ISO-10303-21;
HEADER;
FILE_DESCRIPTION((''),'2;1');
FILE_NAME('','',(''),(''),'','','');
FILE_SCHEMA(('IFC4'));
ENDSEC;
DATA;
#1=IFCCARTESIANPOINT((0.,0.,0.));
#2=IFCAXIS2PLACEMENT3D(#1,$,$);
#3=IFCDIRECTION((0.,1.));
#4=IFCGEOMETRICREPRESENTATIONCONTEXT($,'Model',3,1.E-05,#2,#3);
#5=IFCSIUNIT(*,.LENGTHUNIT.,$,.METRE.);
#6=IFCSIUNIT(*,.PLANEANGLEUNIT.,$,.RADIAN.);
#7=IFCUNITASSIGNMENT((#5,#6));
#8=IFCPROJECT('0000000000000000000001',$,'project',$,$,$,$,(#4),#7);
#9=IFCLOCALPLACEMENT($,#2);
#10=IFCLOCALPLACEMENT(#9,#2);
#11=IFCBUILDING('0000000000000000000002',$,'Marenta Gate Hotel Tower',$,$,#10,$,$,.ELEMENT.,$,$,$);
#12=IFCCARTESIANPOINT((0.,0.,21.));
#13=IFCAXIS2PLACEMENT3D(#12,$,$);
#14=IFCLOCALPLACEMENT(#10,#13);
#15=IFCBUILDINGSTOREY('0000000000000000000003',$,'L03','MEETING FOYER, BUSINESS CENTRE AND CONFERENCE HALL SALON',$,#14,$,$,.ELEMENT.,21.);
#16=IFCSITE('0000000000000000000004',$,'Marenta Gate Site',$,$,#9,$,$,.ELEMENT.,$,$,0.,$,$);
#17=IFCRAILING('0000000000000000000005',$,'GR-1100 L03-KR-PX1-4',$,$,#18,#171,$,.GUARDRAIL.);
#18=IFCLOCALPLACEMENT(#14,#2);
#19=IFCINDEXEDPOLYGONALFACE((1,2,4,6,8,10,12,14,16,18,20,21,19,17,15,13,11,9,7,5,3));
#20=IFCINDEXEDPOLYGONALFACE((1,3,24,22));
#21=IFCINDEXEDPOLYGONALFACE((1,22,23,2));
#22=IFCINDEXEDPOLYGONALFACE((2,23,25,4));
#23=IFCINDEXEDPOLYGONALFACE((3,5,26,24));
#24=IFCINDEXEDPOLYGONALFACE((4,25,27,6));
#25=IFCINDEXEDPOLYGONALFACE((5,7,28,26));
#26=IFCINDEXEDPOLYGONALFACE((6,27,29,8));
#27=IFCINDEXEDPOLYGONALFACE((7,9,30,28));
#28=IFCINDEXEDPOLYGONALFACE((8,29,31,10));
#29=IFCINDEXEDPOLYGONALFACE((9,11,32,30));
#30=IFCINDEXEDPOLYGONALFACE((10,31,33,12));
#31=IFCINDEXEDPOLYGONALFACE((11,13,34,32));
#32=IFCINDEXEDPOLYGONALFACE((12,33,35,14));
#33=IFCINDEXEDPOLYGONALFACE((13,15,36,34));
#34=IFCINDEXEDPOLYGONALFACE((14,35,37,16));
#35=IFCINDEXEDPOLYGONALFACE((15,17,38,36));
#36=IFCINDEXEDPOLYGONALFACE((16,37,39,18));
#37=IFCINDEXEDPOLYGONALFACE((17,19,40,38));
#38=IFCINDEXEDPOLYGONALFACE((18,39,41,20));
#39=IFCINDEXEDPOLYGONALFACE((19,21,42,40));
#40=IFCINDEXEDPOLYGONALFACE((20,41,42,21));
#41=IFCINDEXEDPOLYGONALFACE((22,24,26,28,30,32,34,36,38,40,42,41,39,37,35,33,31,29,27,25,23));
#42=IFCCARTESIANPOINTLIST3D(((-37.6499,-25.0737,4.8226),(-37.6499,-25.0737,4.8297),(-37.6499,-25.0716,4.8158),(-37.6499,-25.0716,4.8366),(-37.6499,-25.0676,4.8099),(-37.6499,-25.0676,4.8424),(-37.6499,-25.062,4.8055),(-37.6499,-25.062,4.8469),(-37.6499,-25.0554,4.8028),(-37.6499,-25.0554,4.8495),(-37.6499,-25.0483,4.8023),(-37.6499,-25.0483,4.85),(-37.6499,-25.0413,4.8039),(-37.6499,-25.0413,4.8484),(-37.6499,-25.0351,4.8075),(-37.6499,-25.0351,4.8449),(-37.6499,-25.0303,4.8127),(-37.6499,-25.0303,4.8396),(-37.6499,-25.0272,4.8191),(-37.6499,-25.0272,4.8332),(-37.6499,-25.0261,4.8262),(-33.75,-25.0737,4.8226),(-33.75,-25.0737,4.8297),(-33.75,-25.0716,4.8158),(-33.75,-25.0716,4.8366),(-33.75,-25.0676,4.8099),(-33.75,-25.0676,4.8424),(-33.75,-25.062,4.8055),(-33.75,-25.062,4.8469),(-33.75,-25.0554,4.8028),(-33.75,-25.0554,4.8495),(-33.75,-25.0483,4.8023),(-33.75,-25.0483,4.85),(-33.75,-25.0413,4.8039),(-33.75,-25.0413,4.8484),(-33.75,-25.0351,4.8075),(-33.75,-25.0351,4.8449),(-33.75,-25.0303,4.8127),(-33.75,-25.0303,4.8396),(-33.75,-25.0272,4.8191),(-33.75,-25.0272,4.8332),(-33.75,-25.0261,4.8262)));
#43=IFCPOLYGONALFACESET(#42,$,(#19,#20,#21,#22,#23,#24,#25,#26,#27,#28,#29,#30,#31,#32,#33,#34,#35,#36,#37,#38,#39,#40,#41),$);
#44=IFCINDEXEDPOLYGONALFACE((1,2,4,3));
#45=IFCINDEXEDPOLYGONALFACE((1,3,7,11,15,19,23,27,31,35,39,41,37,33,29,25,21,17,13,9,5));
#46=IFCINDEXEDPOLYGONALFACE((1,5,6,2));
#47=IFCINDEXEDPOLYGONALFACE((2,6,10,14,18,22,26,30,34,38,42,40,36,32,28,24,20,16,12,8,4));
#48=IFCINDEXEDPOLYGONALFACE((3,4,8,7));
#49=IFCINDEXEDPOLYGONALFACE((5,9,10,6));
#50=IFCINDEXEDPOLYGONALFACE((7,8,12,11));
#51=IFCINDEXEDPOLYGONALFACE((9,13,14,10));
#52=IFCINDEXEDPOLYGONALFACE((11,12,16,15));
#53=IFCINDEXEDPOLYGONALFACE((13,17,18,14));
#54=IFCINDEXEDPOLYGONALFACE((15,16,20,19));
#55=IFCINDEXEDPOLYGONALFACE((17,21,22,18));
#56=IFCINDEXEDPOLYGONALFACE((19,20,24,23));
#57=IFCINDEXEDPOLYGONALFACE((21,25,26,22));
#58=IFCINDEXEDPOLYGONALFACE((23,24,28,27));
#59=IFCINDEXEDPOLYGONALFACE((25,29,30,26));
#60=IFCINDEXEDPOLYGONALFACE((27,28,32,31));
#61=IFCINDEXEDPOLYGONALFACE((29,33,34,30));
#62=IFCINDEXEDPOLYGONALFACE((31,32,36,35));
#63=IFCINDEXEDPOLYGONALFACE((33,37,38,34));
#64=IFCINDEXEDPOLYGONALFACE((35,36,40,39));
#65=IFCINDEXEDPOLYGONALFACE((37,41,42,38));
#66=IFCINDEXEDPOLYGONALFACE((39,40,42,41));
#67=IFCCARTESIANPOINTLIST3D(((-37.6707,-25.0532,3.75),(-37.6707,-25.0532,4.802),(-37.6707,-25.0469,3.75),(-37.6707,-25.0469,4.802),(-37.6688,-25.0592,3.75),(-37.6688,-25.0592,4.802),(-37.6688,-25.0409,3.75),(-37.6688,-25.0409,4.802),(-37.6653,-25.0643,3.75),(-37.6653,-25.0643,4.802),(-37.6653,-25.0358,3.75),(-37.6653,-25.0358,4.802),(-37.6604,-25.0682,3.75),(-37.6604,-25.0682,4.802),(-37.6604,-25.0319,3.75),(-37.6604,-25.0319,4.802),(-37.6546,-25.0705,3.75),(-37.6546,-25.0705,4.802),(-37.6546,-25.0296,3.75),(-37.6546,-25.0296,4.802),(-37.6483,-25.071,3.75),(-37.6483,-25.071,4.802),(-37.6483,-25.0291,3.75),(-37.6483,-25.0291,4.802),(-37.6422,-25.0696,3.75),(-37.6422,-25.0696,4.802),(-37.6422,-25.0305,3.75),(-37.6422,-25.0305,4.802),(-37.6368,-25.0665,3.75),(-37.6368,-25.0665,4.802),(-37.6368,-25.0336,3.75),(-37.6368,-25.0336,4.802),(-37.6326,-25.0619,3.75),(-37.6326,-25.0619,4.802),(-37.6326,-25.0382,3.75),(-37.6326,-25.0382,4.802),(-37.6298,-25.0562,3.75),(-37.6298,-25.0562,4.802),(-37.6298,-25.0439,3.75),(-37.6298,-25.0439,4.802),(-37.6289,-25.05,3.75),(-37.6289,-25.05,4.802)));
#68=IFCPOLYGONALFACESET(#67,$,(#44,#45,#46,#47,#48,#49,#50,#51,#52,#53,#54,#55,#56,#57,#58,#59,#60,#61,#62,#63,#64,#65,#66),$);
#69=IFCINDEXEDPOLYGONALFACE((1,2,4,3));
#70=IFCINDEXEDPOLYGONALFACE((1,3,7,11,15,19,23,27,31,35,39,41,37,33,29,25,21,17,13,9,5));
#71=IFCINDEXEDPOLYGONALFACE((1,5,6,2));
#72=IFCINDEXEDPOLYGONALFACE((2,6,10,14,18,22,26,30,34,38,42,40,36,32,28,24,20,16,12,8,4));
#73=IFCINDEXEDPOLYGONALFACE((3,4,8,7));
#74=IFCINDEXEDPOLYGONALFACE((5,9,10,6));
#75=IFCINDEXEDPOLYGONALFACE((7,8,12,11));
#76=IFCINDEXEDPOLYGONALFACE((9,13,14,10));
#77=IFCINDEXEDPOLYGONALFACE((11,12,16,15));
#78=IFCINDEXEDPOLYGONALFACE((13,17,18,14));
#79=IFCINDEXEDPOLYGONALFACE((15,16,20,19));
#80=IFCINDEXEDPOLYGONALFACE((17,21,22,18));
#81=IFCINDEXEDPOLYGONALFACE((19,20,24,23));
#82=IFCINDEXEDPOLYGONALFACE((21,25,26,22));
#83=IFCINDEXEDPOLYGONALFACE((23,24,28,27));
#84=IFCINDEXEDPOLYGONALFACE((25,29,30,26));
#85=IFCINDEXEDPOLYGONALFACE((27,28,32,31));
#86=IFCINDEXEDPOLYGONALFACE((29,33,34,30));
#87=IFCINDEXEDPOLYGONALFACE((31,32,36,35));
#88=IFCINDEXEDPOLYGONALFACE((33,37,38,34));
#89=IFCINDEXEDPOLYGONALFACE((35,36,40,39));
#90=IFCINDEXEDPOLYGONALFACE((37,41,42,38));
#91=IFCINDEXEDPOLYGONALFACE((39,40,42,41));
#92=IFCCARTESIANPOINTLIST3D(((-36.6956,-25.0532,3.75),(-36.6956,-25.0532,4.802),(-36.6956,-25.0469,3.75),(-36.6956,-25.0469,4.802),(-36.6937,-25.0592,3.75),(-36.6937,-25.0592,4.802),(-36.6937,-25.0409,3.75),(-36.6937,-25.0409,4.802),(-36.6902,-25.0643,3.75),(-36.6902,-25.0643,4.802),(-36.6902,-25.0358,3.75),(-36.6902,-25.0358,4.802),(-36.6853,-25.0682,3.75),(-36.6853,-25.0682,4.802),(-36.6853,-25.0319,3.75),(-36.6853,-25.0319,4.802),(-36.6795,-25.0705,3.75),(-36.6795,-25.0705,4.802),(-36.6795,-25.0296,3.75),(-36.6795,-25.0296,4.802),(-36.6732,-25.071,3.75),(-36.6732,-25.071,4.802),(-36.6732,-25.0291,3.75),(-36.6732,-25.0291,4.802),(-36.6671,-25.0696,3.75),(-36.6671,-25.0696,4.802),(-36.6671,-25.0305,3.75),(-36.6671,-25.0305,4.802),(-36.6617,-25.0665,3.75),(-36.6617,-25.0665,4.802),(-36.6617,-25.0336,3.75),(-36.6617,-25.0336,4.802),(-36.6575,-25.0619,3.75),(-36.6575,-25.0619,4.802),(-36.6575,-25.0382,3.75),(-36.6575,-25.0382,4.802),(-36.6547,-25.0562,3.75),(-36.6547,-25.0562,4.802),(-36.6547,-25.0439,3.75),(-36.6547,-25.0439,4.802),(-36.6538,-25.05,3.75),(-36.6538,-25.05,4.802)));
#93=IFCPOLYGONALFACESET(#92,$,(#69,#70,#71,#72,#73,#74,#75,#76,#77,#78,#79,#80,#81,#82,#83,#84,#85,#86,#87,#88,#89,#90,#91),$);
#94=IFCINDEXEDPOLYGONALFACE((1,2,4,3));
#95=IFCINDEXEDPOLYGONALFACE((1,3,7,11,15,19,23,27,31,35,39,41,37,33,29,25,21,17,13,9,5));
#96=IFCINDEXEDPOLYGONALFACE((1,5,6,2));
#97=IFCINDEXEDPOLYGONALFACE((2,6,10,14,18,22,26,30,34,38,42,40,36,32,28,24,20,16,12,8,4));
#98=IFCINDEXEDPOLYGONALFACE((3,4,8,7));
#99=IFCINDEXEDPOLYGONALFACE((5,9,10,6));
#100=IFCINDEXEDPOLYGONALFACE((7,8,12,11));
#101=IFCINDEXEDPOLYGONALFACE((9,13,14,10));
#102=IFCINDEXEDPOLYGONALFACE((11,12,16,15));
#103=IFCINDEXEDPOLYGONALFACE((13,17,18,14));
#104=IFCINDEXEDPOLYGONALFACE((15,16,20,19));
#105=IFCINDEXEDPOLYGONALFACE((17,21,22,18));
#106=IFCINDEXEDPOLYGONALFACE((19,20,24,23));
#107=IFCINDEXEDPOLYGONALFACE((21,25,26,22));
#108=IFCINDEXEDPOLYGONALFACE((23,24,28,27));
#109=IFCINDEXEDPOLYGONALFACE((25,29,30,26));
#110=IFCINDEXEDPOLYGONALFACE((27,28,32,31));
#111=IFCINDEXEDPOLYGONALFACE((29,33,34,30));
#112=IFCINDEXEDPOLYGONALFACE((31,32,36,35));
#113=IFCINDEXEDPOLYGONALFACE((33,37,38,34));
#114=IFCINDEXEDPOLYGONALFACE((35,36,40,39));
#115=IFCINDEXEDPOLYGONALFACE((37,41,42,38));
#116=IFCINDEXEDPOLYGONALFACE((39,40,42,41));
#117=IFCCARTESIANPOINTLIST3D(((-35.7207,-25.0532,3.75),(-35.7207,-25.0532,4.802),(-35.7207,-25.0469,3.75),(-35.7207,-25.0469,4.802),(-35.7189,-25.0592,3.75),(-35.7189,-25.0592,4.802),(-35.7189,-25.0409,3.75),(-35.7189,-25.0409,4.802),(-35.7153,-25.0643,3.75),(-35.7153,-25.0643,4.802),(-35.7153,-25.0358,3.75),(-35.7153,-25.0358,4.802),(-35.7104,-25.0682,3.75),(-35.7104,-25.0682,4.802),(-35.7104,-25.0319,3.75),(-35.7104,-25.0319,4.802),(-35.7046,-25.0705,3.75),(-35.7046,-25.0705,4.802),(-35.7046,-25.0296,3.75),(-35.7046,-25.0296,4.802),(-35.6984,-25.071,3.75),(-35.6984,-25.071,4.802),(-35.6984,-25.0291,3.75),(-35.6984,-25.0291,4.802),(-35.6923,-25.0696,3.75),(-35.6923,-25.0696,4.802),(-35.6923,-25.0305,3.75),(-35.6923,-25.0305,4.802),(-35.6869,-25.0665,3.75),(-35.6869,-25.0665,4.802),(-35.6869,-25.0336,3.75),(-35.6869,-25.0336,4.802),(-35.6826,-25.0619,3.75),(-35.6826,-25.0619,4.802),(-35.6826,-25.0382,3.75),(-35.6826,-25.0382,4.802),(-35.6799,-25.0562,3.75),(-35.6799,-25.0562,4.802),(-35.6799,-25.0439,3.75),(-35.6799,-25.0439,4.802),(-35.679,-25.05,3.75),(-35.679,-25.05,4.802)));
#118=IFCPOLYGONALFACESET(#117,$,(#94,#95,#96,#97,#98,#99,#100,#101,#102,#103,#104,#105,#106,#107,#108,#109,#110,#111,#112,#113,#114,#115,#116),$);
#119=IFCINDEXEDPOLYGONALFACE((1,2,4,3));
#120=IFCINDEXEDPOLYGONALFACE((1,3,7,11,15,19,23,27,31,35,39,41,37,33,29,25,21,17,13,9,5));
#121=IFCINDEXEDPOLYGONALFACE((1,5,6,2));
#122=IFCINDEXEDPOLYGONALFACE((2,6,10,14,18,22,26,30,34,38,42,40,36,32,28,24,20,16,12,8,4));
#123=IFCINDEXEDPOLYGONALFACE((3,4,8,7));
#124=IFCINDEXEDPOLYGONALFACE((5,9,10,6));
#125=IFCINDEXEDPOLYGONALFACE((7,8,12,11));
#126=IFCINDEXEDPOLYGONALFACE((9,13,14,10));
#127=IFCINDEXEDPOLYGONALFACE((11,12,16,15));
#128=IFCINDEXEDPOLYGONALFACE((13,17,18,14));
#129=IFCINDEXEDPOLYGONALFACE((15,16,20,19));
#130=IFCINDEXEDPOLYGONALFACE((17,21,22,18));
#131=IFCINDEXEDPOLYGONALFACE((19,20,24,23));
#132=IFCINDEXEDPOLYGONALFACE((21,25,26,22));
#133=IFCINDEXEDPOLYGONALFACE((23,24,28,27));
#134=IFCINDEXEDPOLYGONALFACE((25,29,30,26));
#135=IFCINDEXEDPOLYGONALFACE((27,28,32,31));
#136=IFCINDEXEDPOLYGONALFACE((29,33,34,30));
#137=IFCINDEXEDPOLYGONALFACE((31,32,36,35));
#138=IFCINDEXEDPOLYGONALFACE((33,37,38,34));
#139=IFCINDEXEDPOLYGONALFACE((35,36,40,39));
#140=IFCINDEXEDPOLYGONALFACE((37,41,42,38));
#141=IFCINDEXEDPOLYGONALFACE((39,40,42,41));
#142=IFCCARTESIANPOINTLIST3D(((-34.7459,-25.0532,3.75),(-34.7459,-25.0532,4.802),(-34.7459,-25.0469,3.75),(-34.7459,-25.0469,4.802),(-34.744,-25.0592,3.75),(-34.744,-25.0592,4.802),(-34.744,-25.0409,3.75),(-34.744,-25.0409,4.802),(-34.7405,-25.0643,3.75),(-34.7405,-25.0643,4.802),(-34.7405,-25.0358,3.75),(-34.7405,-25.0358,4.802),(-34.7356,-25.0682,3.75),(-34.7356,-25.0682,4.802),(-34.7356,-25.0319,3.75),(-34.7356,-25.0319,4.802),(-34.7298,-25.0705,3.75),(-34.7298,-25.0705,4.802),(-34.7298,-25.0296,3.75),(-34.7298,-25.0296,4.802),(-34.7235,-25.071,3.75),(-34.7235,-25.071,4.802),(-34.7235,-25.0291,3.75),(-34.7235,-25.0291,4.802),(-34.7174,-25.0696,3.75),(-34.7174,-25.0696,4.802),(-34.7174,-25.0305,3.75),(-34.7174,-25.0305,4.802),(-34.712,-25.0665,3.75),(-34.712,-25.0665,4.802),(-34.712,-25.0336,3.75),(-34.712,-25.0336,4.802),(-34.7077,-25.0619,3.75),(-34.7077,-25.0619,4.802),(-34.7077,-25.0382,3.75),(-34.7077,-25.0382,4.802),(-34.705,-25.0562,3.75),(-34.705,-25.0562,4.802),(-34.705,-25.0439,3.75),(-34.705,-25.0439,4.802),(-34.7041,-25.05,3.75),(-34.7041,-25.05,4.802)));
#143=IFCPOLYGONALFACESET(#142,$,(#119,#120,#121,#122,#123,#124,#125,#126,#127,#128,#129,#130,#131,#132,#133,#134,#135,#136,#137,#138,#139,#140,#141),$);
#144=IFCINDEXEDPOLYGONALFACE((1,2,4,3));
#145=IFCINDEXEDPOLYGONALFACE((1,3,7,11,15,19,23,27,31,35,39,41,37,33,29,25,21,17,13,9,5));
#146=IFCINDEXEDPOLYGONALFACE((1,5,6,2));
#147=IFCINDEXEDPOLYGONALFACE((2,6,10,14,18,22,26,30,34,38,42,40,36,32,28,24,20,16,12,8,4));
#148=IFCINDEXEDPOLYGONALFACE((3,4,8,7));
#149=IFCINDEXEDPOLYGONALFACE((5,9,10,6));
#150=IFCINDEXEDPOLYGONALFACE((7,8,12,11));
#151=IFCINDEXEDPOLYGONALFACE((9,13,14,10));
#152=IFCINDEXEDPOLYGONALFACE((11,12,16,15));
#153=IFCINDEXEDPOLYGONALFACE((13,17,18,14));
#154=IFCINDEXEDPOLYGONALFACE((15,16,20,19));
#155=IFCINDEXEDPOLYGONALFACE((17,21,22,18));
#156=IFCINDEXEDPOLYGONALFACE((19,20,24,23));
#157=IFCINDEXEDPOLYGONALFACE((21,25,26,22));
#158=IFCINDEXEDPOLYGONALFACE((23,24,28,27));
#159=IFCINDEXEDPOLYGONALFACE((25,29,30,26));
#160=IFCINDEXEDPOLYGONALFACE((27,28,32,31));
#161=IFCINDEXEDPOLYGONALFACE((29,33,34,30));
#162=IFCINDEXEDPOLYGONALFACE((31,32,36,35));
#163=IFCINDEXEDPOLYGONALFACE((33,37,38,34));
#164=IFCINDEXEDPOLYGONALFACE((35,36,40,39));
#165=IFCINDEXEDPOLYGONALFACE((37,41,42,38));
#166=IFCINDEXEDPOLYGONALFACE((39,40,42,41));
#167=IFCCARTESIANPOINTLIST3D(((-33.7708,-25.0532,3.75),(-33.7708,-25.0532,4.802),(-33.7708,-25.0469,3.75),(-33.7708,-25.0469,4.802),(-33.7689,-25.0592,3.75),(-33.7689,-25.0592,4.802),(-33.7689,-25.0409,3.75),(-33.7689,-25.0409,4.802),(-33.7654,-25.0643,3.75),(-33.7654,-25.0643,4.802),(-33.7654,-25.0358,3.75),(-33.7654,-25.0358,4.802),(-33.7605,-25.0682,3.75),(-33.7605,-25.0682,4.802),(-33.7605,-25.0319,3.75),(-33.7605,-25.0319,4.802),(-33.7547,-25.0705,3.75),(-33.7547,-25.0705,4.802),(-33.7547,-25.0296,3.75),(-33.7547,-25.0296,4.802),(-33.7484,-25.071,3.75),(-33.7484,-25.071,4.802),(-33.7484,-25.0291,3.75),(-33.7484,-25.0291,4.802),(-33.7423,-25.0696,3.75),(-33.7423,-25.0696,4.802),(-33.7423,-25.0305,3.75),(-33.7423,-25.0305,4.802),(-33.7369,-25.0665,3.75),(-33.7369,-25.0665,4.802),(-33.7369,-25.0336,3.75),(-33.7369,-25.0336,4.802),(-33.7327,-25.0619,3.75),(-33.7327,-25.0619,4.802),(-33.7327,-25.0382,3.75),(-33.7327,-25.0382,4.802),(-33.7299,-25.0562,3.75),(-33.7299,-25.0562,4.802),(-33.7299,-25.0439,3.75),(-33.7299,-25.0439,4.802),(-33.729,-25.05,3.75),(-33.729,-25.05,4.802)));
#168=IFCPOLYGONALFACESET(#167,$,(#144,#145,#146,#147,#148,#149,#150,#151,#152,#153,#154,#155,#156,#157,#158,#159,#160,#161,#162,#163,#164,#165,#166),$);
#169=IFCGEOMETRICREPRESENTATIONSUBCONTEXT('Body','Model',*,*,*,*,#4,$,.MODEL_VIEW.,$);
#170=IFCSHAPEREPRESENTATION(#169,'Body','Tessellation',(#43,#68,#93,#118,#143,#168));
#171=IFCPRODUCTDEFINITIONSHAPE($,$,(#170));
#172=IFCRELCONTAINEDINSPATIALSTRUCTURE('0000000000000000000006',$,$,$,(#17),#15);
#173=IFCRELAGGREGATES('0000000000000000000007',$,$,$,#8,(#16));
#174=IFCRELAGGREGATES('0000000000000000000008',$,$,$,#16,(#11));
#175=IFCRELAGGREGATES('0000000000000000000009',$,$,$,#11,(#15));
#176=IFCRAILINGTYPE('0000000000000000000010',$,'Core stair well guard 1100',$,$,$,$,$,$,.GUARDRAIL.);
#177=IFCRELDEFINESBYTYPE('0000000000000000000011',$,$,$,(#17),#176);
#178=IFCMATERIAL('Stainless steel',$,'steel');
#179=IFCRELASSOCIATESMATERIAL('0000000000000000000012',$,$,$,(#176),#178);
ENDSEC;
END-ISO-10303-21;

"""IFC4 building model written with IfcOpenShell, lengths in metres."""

from ifc_helpers import new_model, si_unit, direction, frame, origin, origin_2d, place, context, subcontext, project, spatial, circle, extrude, material, type_object, element, save


model = new_model("IFC4")

# Units and contexts
model_context = context("Model", 3, precision=1e-05, world=origin(), true_north=direction((0.0, 1.0)))
body_context = subcontext(model_context, "Body", "Model", "MODEL_VIEW")
ifc_project = project(units=[si_unit("LENGTHUNIT", "METRE"), si_unit("PLANEANGLEUNIT", "RADIAN")], contexts=[model_context])

# Site, building, storey
site_placement = place(None, origin())
site = spatial("IfcSite", under=ifc_project, at=site_placement, Name="Marenta Gate Site", CompositionType="ELEMENT", RefElevation=0.0)
building_placement = place(site_placement, origin())
building = spatial("IfcBuilding", under=site, at=building_placement, Name="Marenta Gate Hotel Tower", CompositionType="ELEMENT")
storey_placement = place(building_placement, frame((0.0, 0.0, 21.0)))
storey = spatial("IfcBuildingStorey", under=building, at=storey_placement, Name="L03", Description="MEETING FOYER, BUSINESS CENTRE AND CONFERENCE HALL SALON", CompositionType="ELEMENT", Elevation=21.0)

# Railing
ifc_material_1 = material(Name="Stainless steel", Category="steel")
railing_type_1 = type_object("IfcRailingType", Name="Core stair well guard 1100", PredefinedType="GUARDRAIL", material=ifc_material_1)
railing_1_placement = place(storey_placement, frame((-37.6499, -25.05, 3.75)))
element("IfcRailing", 1, at=railing_1_placement, inside=storey, type_object=railing_type_1, Name="GR-1100 L03-KR-PX1-4", PredefinedType="GUARDRAIL", context=body_context, shape_type="SweptSolid", body=[
    extrude(circle(Radius=0.0239, at=origin_2d()), frame((0.0, 0.0, 1.0762), z_axis=(1.0, 0.0, 0.0), x_axis=(0.0, 1.0, 0.0)), (0.0, 0.0, 1.0), 3.8999),
    extrude(circle(Radius=0.021, at=origin_2d()), origin(), (0.0, 0.0, 1.0), 1.052),
    extrude(circle(Radius=0.021, at=origin_2d()), frame((0.9751, 0.0, 0.0)), (0.0, 0.0, 1.0), 1.052),
    extrude(circle(Radius=0.021, at=origin_2d()), frame((1.95, 0.0, 0.0)), (0.0, 0.0, 1.0), 1.052),
    extrude(circle(Radius=0.021, at=origin_2d()), frame((2.9248, 0.0, 0.0)), (0.0, 0.0, 1.0), 1.052),
    extrude(circle(Radius=0.021, at=origin_2d()), frame((3.8999, 0.0, 0.0)), (0.0, 0.0, 1.0), 1.052),
])

save(model, "model.ifc")
